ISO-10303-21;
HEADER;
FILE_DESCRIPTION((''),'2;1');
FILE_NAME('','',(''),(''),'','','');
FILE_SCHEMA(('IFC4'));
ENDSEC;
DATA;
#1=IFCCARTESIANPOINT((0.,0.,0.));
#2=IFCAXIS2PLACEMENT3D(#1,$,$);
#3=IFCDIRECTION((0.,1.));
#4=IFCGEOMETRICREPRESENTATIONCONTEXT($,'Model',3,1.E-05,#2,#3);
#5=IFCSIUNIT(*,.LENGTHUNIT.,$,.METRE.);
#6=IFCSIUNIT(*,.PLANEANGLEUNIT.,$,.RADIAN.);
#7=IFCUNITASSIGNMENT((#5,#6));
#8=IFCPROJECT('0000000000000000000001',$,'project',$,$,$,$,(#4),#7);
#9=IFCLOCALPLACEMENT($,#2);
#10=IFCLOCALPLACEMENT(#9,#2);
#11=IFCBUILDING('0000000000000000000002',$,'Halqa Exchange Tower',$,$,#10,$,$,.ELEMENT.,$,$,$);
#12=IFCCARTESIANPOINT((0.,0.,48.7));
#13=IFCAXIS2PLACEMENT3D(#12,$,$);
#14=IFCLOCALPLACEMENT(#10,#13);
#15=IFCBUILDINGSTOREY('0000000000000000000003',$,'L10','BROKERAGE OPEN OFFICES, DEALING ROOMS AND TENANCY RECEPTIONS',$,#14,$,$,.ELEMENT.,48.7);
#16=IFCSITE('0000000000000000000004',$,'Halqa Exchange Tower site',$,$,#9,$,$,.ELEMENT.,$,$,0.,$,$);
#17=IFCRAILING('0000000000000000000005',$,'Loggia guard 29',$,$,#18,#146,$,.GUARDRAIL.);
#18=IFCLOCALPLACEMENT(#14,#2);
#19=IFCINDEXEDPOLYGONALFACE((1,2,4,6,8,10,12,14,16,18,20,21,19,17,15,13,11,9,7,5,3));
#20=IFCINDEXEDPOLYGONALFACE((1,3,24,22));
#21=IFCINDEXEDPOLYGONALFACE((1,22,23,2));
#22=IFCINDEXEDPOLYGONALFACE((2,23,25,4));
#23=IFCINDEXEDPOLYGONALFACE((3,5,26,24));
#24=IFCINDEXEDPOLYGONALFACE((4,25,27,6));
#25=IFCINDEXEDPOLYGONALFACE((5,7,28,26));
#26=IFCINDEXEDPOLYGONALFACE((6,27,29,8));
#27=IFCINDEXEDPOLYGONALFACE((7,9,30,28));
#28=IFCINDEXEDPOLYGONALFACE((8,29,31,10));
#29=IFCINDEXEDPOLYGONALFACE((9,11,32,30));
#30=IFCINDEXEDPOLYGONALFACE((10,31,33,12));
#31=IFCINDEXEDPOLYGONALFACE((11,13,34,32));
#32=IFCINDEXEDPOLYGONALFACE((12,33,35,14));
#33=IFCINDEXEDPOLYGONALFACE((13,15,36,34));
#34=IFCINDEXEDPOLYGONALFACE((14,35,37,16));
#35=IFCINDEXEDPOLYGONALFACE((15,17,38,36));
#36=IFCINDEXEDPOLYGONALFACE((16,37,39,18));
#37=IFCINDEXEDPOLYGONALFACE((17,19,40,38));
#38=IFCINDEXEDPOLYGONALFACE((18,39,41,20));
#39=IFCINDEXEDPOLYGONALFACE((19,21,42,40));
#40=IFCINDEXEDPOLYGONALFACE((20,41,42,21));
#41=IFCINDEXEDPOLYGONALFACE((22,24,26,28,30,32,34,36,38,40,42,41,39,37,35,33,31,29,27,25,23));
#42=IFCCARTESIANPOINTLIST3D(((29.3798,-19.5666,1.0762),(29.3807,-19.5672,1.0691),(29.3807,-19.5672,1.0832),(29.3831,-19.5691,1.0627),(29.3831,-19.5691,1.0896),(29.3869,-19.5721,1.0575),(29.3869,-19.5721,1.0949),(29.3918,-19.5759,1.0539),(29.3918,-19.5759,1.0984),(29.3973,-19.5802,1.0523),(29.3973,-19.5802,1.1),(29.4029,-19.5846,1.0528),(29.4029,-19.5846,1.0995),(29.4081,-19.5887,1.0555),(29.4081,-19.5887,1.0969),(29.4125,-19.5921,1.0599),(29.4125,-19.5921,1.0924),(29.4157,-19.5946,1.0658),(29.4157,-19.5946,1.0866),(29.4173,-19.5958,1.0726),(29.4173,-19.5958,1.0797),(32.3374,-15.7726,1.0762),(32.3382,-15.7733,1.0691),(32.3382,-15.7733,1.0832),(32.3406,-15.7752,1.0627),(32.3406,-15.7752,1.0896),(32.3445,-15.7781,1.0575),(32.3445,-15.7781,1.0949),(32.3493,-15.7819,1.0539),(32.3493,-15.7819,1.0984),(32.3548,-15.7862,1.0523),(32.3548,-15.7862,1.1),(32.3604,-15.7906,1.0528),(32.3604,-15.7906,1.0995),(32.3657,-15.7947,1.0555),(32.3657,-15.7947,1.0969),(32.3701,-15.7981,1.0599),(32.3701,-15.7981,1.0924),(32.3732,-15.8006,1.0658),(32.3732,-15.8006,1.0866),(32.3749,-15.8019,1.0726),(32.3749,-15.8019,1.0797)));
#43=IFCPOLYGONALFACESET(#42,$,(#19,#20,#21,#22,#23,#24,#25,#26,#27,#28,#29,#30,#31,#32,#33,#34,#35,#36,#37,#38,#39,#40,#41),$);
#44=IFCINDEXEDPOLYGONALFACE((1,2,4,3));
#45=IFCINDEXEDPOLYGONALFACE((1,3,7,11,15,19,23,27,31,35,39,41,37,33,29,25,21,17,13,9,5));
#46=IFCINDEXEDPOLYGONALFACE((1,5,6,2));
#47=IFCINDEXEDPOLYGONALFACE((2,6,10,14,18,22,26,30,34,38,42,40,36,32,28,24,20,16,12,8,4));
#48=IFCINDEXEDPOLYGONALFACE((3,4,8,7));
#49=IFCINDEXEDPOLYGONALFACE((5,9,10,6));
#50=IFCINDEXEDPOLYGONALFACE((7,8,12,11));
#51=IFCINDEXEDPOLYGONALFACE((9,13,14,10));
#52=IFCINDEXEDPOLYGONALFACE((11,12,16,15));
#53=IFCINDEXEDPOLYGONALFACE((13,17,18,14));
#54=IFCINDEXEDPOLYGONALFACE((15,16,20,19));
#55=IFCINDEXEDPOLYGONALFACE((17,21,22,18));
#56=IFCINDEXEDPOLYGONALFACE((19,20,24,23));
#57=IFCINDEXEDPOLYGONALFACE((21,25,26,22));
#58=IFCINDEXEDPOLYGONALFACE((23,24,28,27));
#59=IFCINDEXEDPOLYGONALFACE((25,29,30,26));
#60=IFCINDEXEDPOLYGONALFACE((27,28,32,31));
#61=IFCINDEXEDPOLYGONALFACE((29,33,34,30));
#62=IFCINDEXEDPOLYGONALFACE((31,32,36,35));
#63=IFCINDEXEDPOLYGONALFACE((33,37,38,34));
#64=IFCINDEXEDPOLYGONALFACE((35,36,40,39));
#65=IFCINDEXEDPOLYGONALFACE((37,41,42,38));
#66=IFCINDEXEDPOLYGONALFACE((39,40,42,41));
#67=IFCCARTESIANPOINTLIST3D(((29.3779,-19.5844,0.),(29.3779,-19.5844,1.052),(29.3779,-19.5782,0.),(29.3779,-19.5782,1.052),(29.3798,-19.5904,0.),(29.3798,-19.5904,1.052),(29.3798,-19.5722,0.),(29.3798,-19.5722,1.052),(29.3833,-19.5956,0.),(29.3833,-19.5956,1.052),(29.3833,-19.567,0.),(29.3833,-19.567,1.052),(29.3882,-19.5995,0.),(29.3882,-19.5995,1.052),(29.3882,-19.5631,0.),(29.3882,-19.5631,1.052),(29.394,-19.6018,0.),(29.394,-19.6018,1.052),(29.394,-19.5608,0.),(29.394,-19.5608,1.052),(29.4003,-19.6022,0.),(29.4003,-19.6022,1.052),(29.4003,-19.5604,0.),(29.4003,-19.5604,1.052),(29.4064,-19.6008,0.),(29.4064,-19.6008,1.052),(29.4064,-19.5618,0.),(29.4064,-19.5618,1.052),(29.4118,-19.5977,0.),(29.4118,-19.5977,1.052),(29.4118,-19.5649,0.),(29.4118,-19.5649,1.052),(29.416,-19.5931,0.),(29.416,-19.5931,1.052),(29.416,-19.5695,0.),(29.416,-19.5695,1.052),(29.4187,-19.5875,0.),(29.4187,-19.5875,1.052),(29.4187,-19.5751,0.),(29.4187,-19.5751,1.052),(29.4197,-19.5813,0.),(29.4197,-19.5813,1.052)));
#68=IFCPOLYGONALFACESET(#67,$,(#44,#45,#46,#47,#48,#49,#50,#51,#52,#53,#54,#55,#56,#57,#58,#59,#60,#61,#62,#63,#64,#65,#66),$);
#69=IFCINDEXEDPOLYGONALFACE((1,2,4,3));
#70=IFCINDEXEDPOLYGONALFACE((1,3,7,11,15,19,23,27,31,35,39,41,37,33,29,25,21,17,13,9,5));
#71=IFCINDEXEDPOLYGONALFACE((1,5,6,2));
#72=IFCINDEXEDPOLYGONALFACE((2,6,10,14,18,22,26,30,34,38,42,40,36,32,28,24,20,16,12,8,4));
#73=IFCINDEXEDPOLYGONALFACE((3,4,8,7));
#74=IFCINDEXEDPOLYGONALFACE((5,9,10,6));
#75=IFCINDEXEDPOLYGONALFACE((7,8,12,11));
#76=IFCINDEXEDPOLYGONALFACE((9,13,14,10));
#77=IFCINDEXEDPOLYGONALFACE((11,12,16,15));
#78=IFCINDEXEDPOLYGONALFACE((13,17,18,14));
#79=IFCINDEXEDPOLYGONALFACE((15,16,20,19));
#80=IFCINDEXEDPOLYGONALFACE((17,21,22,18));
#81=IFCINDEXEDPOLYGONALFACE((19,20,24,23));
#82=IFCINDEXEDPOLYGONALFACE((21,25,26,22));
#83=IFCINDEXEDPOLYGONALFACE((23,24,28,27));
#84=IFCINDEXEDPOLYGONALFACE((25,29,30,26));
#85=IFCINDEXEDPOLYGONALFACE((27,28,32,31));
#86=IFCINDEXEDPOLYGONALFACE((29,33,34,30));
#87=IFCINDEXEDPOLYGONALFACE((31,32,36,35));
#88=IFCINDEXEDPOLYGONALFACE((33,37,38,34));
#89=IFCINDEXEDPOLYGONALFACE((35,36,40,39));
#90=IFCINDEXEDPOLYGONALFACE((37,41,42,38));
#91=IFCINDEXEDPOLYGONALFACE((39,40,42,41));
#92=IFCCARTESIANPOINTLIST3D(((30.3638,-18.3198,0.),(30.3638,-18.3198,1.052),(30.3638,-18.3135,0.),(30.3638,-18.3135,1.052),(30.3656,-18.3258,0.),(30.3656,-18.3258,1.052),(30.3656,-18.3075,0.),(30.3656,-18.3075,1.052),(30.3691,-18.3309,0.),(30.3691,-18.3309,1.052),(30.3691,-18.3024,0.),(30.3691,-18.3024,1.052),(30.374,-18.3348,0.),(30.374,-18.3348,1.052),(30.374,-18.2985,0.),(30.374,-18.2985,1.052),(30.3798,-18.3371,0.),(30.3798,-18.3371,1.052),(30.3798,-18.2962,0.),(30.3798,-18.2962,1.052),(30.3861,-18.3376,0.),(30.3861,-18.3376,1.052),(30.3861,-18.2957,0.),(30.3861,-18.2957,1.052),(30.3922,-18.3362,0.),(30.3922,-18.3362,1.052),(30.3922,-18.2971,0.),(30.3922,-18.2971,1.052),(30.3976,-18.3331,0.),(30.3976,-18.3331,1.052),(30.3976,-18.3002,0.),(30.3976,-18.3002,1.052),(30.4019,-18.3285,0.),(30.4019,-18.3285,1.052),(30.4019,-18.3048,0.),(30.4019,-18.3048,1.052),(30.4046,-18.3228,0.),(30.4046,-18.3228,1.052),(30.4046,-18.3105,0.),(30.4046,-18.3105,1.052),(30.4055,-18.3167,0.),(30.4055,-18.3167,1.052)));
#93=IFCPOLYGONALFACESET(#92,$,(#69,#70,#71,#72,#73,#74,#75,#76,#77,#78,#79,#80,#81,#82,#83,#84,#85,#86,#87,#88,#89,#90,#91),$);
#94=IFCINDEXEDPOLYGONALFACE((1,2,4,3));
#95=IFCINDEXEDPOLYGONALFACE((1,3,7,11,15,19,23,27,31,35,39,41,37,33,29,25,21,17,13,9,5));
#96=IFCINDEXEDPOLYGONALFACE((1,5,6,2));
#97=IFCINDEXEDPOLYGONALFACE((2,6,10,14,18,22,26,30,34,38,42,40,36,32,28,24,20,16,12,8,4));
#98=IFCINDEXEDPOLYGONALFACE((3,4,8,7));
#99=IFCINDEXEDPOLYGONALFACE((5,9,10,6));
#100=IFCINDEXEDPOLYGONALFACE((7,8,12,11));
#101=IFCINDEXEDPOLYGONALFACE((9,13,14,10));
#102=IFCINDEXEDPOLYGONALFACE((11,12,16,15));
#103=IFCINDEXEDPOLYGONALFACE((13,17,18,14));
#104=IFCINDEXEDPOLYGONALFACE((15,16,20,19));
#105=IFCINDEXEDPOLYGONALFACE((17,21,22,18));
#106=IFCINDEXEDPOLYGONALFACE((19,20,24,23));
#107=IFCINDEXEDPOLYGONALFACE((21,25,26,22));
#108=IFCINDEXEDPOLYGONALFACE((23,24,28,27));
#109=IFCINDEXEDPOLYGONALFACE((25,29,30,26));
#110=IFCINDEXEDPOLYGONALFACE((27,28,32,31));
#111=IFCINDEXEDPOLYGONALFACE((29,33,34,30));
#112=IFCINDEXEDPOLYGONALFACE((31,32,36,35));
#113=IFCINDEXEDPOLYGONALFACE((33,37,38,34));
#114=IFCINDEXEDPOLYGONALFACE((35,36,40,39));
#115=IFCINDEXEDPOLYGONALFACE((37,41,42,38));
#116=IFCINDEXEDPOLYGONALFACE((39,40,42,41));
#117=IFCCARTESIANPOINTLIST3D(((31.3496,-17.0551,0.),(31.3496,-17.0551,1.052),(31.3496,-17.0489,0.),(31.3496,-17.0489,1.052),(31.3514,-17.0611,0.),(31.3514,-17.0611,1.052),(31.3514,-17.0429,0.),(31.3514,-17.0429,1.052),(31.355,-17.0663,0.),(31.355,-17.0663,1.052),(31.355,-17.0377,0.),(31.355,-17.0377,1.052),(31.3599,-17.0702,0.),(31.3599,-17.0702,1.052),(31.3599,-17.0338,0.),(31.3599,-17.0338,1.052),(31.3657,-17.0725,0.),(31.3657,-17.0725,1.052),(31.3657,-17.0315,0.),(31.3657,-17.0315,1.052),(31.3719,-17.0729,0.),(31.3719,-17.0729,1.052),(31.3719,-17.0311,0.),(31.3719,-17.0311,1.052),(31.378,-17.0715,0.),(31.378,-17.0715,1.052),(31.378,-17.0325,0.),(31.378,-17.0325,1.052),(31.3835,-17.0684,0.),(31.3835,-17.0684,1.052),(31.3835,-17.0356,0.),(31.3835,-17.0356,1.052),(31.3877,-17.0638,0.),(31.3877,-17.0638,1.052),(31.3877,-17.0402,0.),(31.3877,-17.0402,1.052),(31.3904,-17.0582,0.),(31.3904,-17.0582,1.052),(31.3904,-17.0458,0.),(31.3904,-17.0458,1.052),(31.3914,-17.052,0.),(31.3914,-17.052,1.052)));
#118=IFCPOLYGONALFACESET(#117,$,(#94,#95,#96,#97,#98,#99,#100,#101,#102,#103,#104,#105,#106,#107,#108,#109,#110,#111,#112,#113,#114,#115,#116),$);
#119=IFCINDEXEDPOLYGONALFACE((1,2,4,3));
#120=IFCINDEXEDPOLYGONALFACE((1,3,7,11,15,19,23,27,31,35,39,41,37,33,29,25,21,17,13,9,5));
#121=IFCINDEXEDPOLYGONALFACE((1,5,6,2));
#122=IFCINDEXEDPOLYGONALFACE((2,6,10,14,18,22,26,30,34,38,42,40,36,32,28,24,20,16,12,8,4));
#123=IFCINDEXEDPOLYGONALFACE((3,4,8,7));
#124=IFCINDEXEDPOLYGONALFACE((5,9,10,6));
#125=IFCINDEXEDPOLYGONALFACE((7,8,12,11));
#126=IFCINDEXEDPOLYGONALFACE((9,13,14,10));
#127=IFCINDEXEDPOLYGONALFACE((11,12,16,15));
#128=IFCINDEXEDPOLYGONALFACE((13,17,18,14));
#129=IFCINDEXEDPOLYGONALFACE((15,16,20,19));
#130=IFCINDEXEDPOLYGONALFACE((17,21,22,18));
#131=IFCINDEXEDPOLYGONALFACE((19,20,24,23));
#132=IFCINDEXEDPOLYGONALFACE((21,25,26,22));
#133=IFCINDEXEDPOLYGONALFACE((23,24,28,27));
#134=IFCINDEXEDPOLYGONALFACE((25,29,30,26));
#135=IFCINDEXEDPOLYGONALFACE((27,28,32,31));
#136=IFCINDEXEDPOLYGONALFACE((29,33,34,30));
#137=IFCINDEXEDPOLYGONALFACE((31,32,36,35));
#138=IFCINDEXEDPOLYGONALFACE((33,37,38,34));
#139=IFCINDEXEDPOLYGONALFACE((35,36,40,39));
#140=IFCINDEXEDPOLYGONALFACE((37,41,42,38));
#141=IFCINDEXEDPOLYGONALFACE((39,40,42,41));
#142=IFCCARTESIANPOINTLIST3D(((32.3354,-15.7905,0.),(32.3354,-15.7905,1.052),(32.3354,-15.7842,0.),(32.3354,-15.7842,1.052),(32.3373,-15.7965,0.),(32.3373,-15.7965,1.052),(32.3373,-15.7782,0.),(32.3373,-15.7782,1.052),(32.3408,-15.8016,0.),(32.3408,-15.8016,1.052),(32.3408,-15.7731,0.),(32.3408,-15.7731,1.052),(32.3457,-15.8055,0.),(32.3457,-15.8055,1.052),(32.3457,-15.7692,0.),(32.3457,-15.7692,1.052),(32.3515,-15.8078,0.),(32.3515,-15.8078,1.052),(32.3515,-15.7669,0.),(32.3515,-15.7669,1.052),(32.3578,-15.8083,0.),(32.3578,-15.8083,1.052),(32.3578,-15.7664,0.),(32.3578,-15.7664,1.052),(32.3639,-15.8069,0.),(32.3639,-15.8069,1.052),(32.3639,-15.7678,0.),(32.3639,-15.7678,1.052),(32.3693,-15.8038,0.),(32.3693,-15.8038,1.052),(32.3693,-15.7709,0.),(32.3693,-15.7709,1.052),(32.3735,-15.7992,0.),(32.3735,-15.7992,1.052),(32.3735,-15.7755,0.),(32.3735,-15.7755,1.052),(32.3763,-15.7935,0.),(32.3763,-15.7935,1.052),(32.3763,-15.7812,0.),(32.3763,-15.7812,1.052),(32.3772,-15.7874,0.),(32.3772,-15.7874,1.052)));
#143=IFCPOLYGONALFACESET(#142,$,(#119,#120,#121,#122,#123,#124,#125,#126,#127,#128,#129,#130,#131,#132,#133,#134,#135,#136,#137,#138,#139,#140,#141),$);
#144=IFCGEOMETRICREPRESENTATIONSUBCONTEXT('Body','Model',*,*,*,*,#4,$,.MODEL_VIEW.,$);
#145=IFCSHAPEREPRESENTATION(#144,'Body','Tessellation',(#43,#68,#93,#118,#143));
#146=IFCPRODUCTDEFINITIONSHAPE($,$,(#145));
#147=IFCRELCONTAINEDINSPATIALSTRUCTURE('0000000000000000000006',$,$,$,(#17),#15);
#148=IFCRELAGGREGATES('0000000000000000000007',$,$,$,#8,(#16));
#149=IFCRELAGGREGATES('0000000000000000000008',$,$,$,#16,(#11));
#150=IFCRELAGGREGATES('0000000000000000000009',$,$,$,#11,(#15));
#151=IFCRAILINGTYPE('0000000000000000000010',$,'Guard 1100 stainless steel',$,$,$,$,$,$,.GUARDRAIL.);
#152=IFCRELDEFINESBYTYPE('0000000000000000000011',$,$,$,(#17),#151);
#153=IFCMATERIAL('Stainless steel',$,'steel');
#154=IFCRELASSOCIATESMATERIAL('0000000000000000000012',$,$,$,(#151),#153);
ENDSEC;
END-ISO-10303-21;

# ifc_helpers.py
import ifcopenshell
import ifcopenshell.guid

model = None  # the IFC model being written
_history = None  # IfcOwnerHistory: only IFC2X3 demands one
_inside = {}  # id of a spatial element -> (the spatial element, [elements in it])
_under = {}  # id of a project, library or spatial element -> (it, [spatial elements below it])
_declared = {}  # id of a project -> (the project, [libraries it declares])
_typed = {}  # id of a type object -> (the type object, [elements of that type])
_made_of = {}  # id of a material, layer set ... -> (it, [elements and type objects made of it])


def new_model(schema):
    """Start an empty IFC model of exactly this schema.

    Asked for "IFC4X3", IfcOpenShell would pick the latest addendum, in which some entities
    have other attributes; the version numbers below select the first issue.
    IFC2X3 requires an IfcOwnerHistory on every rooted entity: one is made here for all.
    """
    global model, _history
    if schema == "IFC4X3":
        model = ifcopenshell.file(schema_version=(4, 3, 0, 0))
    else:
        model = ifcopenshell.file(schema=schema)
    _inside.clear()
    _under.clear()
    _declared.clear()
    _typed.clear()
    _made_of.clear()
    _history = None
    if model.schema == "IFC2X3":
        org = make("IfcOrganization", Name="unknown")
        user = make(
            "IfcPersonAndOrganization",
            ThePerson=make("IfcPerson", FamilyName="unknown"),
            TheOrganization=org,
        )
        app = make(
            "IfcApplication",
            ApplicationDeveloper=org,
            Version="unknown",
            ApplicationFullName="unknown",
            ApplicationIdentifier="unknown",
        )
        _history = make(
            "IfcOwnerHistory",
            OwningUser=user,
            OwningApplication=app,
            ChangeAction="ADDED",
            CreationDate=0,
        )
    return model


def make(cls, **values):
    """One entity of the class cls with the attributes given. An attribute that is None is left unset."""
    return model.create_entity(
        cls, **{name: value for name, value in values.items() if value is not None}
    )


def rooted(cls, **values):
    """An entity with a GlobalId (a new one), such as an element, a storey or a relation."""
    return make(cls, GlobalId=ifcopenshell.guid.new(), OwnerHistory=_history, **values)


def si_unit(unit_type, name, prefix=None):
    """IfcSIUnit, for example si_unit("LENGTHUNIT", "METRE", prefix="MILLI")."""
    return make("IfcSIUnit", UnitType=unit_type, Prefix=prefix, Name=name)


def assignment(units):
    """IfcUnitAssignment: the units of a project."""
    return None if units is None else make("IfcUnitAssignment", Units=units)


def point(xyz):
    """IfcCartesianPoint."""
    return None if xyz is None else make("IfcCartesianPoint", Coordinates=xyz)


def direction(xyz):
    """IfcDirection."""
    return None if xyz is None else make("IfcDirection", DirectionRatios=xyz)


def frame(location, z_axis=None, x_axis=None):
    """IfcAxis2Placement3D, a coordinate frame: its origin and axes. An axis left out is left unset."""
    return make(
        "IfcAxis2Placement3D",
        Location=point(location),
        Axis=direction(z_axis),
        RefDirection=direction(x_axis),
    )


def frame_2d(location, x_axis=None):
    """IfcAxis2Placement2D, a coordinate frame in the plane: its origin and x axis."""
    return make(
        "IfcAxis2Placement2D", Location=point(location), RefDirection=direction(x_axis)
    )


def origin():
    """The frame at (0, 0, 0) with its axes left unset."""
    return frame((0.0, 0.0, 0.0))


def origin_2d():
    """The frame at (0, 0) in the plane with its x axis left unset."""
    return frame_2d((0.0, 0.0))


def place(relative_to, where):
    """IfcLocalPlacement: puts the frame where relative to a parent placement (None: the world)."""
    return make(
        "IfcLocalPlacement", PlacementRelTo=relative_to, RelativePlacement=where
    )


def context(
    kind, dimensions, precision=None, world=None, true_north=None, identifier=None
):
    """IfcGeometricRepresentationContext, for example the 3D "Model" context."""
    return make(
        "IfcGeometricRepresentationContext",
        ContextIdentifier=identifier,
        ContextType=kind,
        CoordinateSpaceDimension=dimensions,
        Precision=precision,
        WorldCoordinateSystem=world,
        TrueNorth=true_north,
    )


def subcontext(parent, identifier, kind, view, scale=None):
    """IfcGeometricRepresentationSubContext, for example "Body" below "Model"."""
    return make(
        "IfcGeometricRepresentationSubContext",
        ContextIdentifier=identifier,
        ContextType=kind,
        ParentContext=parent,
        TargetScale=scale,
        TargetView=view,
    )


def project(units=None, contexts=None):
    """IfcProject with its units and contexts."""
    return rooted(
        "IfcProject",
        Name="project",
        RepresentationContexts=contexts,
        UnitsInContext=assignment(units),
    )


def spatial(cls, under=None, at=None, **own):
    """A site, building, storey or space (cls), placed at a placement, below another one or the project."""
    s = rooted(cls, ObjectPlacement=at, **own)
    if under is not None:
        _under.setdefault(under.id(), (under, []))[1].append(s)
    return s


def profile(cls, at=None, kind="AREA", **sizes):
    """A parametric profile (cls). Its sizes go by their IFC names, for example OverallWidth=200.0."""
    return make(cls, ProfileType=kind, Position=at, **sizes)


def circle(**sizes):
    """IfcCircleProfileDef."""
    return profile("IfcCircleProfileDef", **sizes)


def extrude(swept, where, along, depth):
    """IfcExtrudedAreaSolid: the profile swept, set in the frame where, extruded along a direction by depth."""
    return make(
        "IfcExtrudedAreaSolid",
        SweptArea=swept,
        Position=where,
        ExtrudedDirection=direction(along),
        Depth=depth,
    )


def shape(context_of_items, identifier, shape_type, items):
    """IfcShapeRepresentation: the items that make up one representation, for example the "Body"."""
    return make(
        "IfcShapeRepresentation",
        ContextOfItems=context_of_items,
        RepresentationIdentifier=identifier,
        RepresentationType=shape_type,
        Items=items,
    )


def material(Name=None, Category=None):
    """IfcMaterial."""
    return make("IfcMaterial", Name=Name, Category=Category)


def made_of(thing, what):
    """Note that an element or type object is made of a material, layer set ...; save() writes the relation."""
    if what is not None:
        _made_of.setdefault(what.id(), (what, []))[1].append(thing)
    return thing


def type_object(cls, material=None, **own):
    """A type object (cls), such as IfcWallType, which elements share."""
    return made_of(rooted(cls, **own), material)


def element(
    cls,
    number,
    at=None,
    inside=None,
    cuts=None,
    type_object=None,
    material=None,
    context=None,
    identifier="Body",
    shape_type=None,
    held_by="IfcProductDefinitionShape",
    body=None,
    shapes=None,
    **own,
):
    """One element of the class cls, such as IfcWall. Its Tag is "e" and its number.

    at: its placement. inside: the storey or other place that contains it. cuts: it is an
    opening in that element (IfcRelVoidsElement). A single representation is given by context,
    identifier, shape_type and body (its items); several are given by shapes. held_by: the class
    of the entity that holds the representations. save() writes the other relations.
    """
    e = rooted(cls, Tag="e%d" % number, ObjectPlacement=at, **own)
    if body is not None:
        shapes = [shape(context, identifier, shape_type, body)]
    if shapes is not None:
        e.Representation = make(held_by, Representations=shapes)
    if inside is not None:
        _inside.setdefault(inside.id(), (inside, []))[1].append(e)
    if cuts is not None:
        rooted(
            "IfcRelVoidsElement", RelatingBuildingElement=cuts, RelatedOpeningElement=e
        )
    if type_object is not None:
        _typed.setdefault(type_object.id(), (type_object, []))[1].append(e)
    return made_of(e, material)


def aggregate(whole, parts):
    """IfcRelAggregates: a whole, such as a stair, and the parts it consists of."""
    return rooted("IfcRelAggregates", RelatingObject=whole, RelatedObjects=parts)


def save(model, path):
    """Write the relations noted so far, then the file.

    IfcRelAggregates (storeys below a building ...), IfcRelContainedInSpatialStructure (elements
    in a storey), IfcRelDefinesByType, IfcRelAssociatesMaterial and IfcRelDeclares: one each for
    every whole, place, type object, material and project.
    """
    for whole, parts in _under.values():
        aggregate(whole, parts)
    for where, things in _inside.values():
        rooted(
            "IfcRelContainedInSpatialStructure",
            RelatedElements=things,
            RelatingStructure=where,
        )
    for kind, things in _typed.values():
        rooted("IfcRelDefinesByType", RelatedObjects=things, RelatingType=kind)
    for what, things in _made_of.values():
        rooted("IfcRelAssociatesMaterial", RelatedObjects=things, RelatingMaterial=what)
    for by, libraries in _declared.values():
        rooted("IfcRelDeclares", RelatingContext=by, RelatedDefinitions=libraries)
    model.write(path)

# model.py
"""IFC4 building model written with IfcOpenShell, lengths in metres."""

from ifc_helpers import new_model, si_unit, direction, frame, origin, origin_2d, place, context, subcontext, project, spatial, circle, extrude, material, type_object, element, save


model = new_model("IFC4")

# Units and contexts
model_context = context("Model", 3, precision=1e-05, world=origin(), true_north=direction((0.0, 1.0)))
body_context = subcontext(model_context, "Body", "Model", "MODEL_VIEW")
ifc_project = project(units=[si_unit("LENGTHUNIT", "METRE"), si_unit("PLANEANGLEUNIT", "RADIAN")], contexts=[model_context])

# Site, building, storey
site_placement = place(None, origin())
site = spatial("IfcSite", under=ifc_project, at=site_placement, Name="Halqa Exchange Tower site", CompositionType="ELEMENT", RefElevation=0.0)
building_placement = place(site_placement, origin())
building = spatial("IfcBuilding", under=site, at=building_placement, Name="Halqa Exchange Tower", CompositionType="ELEMENT")
storey_placement = place(building_placement, frame((0.0, 0.0, 48.7)))
storey = spatial("IfcBuildingStorey", under=building, at=storey_placement, Name="L10", Description="BROKERAGE OPEN OFFICES, DEALING ROOMS AND TENANCY RECEPTIONS", CompositionType="ELEMENT", Elevation=48.7)

# Railing
ifc_material_1 = material(Name="Stainless steel", Category="steel")
railing_type = type_object("IfcRailingType", Name="Guard 1100 stainless steel", PredefinedType="GUARDRAIL", material=ifc_material_1)
railing_1_placement = place(storey_placement, frame((29.3987, -19.5813, 0.0)))
element("IfcRailing", 1, at=railing_1_placement, inside=storey, type_object=railing_type, Name="Loggia guard 29", PredefinedType="GUARDRAIL", context=body_context, shape_type="SweptSolid", body=[
    extrude(circle(Radius=0.0239, at=origin_2d()), frame((0.0, 0.0, 1.0762), z_axis=(0.614805, 0.788679, 0.0), x_axis=(-0.788679, 0.614805, 0.0)), (0.0, 0.0, 1.0), 4.8105),
    extrude(circle(Radius=0.021, at=origin_2d()), origin(), (0.0, 0.0, 1.0), 1.052),
    extrude(circle(Radius=0.021, at=origin_2d()), frame((0.9858, 1.2646, 0.0)), (0.0, 0.0, 1.0), 1.052),
    extrude(circle(Radius=0.021, at=origin_2d()), frame((1.9717, 2.5293, 0.0)), (0.0, 0.0, 1.0), 1.052),
    extrude(circle(Radius=0.021, at=origin_2d()), frame((2.9575, 3.7939, 0.0)), (0.0, 0.0, 1.0), 1.052),
])

save(model, "model.ifc")
